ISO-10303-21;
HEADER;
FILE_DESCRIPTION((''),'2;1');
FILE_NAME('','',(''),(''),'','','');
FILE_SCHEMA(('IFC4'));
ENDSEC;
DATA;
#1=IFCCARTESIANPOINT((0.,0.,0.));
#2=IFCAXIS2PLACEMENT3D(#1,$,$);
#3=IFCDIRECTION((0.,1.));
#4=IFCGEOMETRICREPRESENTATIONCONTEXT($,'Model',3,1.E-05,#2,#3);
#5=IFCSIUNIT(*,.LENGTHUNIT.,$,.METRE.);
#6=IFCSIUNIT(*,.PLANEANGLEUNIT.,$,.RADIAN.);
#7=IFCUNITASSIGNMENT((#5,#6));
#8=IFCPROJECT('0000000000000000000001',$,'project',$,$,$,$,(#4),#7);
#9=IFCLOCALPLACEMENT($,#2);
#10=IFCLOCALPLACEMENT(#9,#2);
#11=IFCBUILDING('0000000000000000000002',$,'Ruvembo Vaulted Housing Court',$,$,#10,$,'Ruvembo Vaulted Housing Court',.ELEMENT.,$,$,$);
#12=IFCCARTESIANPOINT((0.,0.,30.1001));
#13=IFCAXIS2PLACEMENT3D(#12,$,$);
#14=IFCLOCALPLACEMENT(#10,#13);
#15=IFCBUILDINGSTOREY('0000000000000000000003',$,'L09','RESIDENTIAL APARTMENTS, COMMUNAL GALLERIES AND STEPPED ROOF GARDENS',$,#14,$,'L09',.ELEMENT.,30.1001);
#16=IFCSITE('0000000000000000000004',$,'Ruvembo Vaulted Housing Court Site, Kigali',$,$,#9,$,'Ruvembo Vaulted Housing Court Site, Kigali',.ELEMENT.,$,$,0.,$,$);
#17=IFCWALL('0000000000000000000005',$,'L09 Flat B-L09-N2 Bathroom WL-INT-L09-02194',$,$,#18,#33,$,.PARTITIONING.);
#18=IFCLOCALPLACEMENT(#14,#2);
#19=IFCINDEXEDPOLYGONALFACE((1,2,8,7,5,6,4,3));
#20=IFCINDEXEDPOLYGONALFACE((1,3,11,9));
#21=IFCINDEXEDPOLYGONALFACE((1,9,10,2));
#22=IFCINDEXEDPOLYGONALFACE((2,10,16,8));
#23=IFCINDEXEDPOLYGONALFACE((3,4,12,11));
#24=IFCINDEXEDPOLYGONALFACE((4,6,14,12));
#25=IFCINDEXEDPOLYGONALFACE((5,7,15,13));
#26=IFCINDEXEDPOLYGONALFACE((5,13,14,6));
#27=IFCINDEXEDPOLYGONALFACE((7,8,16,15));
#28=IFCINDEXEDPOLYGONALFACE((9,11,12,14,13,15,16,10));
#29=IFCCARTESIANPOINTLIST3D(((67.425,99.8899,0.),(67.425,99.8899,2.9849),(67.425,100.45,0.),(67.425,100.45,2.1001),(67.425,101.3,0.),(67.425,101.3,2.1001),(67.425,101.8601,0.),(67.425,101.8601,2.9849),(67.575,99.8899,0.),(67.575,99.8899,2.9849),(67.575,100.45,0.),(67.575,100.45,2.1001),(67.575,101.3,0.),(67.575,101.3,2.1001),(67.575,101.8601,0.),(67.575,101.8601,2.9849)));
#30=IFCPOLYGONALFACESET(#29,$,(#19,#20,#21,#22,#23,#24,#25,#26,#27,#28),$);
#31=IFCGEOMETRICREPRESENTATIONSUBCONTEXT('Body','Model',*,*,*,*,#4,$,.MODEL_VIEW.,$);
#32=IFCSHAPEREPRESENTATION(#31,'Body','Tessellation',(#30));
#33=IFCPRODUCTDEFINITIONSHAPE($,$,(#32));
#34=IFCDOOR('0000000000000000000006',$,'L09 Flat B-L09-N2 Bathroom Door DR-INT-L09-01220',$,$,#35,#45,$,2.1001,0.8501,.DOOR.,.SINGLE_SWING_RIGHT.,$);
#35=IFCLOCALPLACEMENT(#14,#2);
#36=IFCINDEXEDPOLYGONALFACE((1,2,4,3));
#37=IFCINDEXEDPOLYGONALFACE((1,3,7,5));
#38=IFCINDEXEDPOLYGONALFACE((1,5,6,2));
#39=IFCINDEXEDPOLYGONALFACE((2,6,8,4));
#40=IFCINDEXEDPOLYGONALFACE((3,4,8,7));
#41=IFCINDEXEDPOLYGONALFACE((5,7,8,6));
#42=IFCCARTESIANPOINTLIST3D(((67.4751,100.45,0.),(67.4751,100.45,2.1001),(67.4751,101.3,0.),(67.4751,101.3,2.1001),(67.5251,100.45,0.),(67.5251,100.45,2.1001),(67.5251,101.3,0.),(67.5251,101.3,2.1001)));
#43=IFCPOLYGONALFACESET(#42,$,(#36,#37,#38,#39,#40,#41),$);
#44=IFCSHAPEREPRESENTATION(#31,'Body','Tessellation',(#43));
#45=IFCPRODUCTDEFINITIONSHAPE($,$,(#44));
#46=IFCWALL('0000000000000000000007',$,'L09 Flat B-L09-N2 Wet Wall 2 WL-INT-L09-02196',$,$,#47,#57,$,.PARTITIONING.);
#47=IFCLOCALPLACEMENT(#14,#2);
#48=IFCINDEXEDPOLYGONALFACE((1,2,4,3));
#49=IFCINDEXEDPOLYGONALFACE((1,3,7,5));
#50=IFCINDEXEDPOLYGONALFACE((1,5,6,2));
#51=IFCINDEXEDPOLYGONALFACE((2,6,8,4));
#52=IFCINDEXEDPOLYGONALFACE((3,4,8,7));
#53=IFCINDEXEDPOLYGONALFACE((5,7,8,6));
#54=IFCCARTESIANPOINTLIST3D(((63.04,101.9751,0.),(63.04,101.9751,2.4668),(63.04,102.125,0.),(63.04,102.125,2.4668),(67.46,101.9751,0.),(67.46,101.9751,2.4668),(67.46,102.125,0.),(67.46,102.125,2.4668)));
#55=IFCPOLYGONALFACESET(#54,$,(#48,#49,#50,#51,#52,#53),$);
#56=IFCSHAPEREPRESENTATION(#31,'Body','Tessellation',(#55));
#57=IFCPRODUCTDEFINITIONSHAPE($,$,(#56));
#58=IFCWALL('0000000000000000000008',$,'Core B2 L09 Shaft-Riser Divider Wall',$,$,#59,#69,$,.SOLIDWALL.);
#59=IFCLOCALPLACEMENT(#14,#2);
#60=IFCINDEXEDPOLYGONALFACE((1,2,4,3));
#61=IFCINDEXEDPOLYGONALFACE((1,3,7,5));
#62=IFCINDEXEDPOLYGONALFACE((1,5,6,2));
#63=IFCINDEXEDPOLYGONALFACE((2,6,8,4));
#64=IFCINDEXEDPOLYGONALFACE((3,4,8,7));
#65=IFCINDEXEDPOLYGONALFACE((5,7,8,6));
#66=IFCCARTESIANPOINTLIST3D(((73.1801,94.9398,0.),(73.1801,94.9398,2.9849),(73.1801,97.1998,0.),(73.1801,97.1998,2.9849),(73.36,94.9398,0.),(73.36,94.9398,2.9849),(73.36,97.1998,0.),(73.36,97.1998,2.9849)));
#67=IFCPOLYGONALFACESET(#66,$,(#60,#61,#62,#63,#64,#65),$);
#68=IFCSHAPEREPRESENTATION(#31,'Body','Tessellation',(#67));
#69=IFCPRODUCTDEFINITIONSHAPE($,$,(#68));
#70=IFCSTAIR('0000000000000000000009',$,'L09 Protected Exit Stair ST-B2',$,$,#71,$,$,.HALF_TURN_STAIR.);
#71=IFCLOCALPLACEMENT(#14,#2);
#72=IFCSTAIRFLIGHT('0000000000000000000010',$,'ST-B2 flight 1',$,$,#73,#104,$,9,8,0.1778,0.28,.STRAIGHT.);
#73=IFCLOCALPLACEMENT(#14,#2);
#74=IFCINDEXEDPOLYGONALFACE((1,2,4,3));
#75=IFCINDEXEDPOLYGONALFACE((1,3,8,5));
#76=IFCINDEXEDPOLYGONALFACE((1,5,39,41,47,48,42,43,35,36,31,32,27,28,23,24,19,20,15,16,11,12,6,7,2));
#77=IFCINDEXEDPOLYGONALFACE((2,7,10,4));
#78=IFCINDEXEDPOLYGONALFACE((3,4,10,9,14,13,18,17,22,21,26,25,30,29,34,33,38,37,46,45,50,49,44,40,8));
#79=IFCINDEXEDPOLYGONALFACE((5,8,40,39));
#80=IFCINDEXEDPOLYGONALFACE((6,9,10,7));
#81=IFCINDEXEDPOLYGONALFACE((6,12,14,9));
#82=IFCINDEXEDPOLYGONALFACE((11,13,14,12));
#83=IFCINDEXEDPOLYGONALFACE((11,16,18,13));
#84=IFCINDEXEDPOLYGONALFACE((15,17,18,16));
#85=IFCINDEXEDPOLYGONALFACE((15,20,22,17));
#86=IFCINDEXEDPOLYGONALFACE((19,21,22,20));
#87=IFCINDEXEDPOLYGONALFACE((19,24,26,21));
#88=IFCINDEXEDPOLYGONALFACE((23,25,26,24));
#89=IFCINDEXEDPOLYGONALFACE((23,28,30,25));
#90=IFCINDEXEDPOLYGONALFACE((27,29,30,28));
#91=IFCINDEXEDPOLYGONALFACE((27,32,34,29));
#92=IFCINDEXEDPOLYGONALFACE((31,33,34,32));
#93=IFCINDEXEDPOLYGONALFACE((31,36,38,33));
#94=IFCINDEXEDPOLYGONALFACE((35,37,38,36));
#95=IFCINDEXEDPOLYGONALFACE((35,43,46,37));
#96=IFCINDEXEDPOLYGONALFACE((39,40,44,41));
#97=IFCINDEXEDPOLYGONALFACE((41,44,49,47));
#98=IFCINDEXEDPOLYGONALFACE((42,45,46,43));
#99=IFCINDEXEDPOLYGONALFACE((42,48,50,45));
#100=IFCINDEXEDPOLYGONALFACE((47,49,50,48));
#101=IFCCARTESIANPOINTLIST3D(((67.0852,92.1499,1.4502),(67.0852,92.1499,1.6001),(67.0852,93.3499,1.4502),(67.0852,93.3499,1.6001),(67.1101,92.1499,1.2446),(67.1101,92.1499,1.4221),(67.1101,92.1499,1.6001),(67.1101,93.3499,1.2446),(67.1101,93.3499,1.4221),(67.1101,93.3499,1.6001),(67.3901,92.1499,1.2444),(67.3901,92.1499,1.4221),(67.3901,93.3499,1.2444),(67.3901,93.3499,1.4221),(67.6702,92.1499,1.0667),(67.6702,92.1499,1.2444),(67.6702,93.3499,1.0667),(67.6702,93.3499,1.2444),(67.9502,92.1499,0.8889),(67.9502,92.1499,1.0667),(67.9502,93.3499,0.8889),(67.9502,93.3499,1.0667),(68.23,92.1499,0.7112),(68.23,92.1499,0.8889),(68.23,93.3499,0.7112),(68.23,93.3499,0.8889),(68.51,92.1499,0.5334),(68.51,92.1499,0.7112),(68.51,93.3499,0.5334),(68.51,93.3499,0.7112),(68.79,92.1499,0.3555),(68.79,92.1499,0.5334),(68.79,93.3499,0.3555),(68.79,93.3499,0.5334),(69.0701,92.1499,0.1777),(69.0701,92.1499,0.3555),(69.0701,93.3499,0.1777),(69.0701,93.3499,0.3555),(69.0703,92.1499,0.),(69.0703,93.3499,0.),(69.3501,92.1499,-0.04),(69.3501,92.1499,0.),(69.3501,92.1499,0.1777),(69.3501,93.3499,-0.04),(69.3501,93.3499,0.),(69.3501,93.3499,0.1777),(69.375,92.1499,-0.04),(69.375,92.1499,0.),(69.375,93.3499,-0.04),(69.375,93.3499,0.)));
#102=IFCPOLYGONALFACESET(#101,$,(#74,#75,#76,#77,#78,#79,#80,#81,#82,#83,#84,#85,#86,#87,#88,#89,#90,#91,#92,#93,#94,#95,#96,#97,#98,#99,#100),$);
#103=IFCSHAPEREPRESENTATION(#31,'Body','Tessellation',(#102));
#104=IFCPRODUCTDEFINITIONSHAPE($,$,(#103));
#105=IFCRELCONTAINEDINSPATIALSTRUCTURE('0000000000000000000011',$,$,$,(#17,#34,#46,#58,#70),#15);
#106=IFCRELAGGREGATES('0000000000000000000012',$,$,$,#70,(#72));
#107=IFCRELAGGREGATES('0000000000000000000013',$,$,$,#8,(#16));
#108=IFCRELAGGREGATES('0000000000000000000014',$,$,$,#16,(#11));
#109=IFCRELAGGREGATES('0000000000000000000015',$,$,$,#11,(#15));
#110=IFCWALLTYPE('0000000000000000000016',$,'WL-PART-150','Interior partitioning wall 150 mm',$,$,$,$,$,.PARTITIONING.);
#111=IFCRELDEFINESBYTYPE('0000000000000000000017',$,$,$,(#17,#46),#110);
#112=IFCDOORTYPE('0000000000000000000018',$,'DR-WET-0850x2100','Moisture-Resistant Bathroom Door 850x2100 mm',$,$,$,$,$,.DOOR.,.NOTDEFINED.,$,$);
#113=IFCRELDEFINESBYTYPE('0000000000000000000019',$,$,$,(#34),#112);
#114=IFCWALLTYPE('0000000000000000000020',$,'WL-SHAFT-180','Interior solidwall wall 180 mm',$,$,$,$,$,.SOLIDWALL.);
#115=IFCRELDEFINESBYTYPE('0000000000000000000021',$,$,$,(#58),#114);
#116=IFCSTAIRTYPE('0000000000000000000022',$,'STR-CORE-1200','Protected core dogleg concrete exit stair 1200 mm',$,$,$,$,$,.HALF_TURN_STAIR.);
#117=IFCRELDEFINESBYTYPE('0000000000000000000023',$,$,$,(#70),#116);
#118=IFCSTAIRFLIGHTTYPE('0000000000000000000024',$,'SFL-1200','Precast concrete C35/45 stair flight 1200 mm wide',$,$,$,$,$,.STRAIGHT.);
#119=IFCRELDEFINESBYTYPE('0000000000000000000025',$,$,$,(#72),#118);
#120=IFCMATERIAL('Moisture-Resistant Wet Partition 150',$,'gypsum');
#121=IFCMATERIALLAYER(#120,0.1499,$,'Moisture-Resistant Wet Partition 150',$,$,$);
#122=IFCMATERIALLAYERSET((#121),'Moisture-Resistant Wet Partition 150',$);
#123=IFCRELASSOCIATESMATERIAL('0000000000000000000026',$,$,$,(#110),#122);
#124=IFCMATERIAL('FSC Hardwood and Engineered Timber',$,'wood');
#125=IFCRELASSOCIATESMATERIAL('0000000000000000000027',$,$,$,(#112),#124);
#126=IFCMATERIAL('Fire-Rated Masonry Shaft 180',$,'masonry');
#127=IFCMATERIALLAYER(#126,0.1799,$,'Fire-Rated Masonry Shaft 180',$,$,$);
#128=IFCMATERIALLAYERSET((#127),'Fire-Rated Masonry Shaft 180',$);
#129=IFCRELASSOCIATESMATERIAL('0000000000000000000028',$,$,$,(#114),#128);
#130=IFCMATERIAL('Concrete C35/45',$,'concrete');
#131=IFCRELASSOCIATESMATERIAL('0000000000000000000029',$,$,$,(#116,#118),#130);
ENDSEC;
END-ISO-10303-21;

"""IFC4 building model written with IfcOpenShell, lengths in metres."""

from ifc_helpers import new_model, si_unit, direction, frame, frame_2d, origin, place, context, subcontext, project, spatial, polyline, rectangle, outline, extrude, material, layer, layer_set, type_object, element, fill, aggregate, save


model = new_model("IFC4")

# Units and contexts
model_context = context("Model", 3, precision=1e-05, world=origin(), true_north=direction((0.0, 1.0)))
body_context = subcontext(model_context, "Body", "Model", "MODEL_VIEW")
ifc_project = project(units=[si_unit("LENGTHUNIT", "METRE"), si_unit("PLANEANGLEUNIT", "RADIAN")], contexts=[model_context])

# Site, building, storey
site_placement = place(None, origin())
site = spatial("IfcSite", under=ifc_project, at=site_placement, Name="Ruvembo Vaulted Housing Court Site, Kigali", LongName="Ruvembo Vaulted Housing Court Site, Kigali", CompositionType="ELEMENT", RefElevation=0.0)
building_placement = place(site_placement, origin())
building = spatial("IfcBuilding", under=site, at=building_placement, Name="Ruvembo Vaulted Housing Court", LongName="Ruvembo Vaulted Housing Court", CompositionType="ELEMENT")
storey_placement = place(building_placement, frame((0.0, 0.0, 30.1001)))
storey = spatial("IfcBuildingStorey", under=building, at=storey_placement, Name="L09", Description="RESIDENTIAL APARTMENTS, COMMUNAL GALLERIES AND STEPPED ROOF GARDENS", LongName="L09", CompositionType="ELEMENT", Elevation=30.1001)

# Shared definitions
ifc_material_1 = material(Name="Concrete C35/45", Category="concrete")

# Shared definitions
ifc_material_2 = material(Name="FSC Hardwood and Engineered Timber", Category="wood")

# Wall, opening, door
ifc_material_3 = material(Name="Moisture-Resistant Wet Partition 150", Category="gypsum")
ifc_layer_1 = layer(ifc_material_3, 0.1499, Name="Moisture-Resistant Wet Partition 150")
ifc_layer_set_1 = layer_set([ifc_layer_1], Name="Moisture-Resistant Wet Partition 150")
wall_type_1 = type_object("IfcWallType", Name="WL-PART-150", Description="Interior partitioning wall 150 mm", PredefinedType="PARTITIONING", material=ifc_layer_set_1)
wall_1_placement = place(storey_placement, frame((67.5, 99.8899, 0.0), z_axis=(0.0, 0.0, 1.0), x_axis=(0.0, 1.0, 0.0)))
wall_1 = element("IfcWall", 1, at=wall_1_placement, inside=storey, type_object=wall_type_1, Name="L09 Flat B-L09-N2 Bathroom WL-INT-L09-02194", PredefinedType="PARTITIONING", context=body_context, shape_type="SweptSolid", body=[
    extrude(rectangle(XDim=1.9702, YDim=0.1499, at=frame_2d((0.9851, 0.0))), origin(), (0.0, 0.0, 1.0), 2.9849),
])
opening_1_placement = place(wall_1_placement, frame((0.5601, 0.0, 0.0)))
opening_1 = element("IfcOpeningElement", 2, at=opening_1_placement, cuts=wall_1, PredefinedType="OPENING", context=body_context, shape_type="SweptSolid", body=[
    extrude(rectangle(XDim=0.8501, YDim=2.1001, at=frame_2d((0.425, 1.05))), frame((0.0, 0.085, 0.0), z_axis=(0.0, -1.0, 0.0), x_axis=(1.0, 0.0, 0.0)), (0.0, 0.0, 1.0), 0.1699),
])
door_type_1 = type_object("IfcDoorType", Name="DR-WET-0850x2100", Description="Moisture-Resistant Bathroom Door 850x2100 mm", OperationType="NOTDEFINED", PredefinedType="DOOR", material=ifc_material_2)
door_1_placement = place(opening_1_placement, origin())
door_1 = element("IfcDoor", 3, at=door_1_placement, inside=storey, type_object=door_type_1, Name="L09 Flat B-L09-N2 Bathroom Door DR-INT-L09-01220", OperationType="SINGLE_SWING_RIGHT", OverallHeight=2.1001, OverallWidth=0.8501, PredefinedType="DOOR", context=body_context, shape_type="SweptSolid", body=[
    extrude(rectangle(XDim=0.8501, YDim=2.1001, at=frame_2d((0.425, 1.05))), frame((0.0, 0.0249, 0.0), z_axis=(0.0, -1.0, 0.0), x_axis=(1.0, 0.0, 0.0)), (0.0, 0.0, 1.0), 0.05),
])
fill(opening_1, door_1)

# Wall
wall_2_placement = place(storey_placement, frame((63.04, 102.05, 0.0), z_axis=(0.0, 0.0, 1.0), x_axis=(1.0, 0.0, 0.0)))
element("IfcWall", 4, at=wall_2_placement, inside=storey, type_object=wall_type_1, Name="L09 Flat B-L09-N2 Wet Wall 2 WL-INT-L09-02196", PredefinedType="PARTITIONING", context=body_context, shape_type="SweptSolid", body=[
    extrude(rectangle(XDim=4.4199, YDim=0.1499, at=frame_2d((2.21, 0.0))), origin(), (0.0, 0.0, 1.0), 2.4668),
])

# Shared definitions
ifc_material_4 = material(Name="Fire-Rated Masonry Shaft 180", Category="masonry")
ifc_layer_2 = layer(ifc_material_4, 0.1799, Name="Fire-Rated Masonry Shaft 180")
ifc_layer_set_2 = layer_set([ifc_layer_2], Name="Fire-Rated Masonry Shaft 180")
wall_type_2 = type_object("IfcWallType", Name="WL-SHAFT-180", Description="Interior solidwall wall 180 mm", PredefinedType="SOLIDWALL", material=ifc_layer_set_2)

# Wall
wall_3_placement = place(storey_placement, frame((73.27, 94.9399, 0.0), z_axis=(0.0, 0.0, 1.0), x_axis=(0.0, 1.0, 0.0)))
element("IfcWall", 5, at=wall_3_placement, inside=storey, type_object=wall_type_2, Name="Core B2 L09 Shaft-Riser Divider Wall", PredefinedType="SOLIDWALL", context=body_context, shape_type="SweptSolid", body=[
    extrude(rectangle(XDim=2.26, YDim=0.1799, at=frame_2d((1.1299, 0.0))), origin(), (0.0, 0.0, 1.0), 2.9849),
])

# Stair, stair flight
stair_type = type_object("IfcStairType", Name="STR-CORE-1200", Description="Protected core dogleg concrete exit stair 1200 mm", PredefinedType="HALF_TURN_STAIR", material=ifc_material_1)
stair_placement = place(storey_placement, origin())
stair = element("IfcStair", 6, at=stair_placement, inside=storey, type_object=stair_type, Name="L09 Protected Exit Stair ST-B2", PredefinedType="HALF_TURN_STAIR")
stair_flight_type = type_object("IfcStairFlightType", Name="SFL-1200", Description="Precast concrete C35/45 stair flight 1200 mm wide", PredefinedType="STRAIGHT", material=ifc_material_1)
stair_flight_placement = place(storey_placement, frame((69.3501, 92.75, 0.0), z_axis=(0.0, 0.0, 1.0), x_axis=(-1.0, 0.0, 0.0)))
stair_flight = element("IfcStairFlight", 7, at=stair_flight_placement, type_object=stair_flight_type, Name="ST-B2 flight 1", NumberOfRisers=9, NumberOfTreads=8, PredefinedType="STRAIGHT", RiserHeight=0.1778, TreadLength=0.28, context=body_context, shape_type="SweptSolid", body=[
    extrude(outline(polyline([(-0.0249, -0.04), (-0.0249, 0.0), (0.0, 0.0), (0.0, 0.1777), (0.28, 0.1777), (0.28, 0.3555), (0.5601, 0.3555), (0.5601, 0.5334), (0.8401, 0.5334), (0.8401, 0.7112), (1.1201, 0.7112), (1.1201, 0.8889), (1.3999, 0.8889), (1.3999, 1.0667), (1.6799, 1.0667), (1.6799, 1.2444), (1.96, 1.2444), (1.96, 1.4221), (2.24, 1.4221), (2.24, 1.6001), (2.2649, 1.6001), (2.2649, 1.4502), (2.24, 1.2446), (0.2798, 0.0), (0.0, -0.04), (-0.0249, -0.04)])), frame((0.0, 0.6001, 0.0), z_axis=(0.0, -1.0, 0.0), x_axis=(1.0, 0.0, 0.0)), (0.0, 0.0, 1.0), 1.2),
])
aggregate(stair, [stair_flight])

save(model, "model.ifc")
